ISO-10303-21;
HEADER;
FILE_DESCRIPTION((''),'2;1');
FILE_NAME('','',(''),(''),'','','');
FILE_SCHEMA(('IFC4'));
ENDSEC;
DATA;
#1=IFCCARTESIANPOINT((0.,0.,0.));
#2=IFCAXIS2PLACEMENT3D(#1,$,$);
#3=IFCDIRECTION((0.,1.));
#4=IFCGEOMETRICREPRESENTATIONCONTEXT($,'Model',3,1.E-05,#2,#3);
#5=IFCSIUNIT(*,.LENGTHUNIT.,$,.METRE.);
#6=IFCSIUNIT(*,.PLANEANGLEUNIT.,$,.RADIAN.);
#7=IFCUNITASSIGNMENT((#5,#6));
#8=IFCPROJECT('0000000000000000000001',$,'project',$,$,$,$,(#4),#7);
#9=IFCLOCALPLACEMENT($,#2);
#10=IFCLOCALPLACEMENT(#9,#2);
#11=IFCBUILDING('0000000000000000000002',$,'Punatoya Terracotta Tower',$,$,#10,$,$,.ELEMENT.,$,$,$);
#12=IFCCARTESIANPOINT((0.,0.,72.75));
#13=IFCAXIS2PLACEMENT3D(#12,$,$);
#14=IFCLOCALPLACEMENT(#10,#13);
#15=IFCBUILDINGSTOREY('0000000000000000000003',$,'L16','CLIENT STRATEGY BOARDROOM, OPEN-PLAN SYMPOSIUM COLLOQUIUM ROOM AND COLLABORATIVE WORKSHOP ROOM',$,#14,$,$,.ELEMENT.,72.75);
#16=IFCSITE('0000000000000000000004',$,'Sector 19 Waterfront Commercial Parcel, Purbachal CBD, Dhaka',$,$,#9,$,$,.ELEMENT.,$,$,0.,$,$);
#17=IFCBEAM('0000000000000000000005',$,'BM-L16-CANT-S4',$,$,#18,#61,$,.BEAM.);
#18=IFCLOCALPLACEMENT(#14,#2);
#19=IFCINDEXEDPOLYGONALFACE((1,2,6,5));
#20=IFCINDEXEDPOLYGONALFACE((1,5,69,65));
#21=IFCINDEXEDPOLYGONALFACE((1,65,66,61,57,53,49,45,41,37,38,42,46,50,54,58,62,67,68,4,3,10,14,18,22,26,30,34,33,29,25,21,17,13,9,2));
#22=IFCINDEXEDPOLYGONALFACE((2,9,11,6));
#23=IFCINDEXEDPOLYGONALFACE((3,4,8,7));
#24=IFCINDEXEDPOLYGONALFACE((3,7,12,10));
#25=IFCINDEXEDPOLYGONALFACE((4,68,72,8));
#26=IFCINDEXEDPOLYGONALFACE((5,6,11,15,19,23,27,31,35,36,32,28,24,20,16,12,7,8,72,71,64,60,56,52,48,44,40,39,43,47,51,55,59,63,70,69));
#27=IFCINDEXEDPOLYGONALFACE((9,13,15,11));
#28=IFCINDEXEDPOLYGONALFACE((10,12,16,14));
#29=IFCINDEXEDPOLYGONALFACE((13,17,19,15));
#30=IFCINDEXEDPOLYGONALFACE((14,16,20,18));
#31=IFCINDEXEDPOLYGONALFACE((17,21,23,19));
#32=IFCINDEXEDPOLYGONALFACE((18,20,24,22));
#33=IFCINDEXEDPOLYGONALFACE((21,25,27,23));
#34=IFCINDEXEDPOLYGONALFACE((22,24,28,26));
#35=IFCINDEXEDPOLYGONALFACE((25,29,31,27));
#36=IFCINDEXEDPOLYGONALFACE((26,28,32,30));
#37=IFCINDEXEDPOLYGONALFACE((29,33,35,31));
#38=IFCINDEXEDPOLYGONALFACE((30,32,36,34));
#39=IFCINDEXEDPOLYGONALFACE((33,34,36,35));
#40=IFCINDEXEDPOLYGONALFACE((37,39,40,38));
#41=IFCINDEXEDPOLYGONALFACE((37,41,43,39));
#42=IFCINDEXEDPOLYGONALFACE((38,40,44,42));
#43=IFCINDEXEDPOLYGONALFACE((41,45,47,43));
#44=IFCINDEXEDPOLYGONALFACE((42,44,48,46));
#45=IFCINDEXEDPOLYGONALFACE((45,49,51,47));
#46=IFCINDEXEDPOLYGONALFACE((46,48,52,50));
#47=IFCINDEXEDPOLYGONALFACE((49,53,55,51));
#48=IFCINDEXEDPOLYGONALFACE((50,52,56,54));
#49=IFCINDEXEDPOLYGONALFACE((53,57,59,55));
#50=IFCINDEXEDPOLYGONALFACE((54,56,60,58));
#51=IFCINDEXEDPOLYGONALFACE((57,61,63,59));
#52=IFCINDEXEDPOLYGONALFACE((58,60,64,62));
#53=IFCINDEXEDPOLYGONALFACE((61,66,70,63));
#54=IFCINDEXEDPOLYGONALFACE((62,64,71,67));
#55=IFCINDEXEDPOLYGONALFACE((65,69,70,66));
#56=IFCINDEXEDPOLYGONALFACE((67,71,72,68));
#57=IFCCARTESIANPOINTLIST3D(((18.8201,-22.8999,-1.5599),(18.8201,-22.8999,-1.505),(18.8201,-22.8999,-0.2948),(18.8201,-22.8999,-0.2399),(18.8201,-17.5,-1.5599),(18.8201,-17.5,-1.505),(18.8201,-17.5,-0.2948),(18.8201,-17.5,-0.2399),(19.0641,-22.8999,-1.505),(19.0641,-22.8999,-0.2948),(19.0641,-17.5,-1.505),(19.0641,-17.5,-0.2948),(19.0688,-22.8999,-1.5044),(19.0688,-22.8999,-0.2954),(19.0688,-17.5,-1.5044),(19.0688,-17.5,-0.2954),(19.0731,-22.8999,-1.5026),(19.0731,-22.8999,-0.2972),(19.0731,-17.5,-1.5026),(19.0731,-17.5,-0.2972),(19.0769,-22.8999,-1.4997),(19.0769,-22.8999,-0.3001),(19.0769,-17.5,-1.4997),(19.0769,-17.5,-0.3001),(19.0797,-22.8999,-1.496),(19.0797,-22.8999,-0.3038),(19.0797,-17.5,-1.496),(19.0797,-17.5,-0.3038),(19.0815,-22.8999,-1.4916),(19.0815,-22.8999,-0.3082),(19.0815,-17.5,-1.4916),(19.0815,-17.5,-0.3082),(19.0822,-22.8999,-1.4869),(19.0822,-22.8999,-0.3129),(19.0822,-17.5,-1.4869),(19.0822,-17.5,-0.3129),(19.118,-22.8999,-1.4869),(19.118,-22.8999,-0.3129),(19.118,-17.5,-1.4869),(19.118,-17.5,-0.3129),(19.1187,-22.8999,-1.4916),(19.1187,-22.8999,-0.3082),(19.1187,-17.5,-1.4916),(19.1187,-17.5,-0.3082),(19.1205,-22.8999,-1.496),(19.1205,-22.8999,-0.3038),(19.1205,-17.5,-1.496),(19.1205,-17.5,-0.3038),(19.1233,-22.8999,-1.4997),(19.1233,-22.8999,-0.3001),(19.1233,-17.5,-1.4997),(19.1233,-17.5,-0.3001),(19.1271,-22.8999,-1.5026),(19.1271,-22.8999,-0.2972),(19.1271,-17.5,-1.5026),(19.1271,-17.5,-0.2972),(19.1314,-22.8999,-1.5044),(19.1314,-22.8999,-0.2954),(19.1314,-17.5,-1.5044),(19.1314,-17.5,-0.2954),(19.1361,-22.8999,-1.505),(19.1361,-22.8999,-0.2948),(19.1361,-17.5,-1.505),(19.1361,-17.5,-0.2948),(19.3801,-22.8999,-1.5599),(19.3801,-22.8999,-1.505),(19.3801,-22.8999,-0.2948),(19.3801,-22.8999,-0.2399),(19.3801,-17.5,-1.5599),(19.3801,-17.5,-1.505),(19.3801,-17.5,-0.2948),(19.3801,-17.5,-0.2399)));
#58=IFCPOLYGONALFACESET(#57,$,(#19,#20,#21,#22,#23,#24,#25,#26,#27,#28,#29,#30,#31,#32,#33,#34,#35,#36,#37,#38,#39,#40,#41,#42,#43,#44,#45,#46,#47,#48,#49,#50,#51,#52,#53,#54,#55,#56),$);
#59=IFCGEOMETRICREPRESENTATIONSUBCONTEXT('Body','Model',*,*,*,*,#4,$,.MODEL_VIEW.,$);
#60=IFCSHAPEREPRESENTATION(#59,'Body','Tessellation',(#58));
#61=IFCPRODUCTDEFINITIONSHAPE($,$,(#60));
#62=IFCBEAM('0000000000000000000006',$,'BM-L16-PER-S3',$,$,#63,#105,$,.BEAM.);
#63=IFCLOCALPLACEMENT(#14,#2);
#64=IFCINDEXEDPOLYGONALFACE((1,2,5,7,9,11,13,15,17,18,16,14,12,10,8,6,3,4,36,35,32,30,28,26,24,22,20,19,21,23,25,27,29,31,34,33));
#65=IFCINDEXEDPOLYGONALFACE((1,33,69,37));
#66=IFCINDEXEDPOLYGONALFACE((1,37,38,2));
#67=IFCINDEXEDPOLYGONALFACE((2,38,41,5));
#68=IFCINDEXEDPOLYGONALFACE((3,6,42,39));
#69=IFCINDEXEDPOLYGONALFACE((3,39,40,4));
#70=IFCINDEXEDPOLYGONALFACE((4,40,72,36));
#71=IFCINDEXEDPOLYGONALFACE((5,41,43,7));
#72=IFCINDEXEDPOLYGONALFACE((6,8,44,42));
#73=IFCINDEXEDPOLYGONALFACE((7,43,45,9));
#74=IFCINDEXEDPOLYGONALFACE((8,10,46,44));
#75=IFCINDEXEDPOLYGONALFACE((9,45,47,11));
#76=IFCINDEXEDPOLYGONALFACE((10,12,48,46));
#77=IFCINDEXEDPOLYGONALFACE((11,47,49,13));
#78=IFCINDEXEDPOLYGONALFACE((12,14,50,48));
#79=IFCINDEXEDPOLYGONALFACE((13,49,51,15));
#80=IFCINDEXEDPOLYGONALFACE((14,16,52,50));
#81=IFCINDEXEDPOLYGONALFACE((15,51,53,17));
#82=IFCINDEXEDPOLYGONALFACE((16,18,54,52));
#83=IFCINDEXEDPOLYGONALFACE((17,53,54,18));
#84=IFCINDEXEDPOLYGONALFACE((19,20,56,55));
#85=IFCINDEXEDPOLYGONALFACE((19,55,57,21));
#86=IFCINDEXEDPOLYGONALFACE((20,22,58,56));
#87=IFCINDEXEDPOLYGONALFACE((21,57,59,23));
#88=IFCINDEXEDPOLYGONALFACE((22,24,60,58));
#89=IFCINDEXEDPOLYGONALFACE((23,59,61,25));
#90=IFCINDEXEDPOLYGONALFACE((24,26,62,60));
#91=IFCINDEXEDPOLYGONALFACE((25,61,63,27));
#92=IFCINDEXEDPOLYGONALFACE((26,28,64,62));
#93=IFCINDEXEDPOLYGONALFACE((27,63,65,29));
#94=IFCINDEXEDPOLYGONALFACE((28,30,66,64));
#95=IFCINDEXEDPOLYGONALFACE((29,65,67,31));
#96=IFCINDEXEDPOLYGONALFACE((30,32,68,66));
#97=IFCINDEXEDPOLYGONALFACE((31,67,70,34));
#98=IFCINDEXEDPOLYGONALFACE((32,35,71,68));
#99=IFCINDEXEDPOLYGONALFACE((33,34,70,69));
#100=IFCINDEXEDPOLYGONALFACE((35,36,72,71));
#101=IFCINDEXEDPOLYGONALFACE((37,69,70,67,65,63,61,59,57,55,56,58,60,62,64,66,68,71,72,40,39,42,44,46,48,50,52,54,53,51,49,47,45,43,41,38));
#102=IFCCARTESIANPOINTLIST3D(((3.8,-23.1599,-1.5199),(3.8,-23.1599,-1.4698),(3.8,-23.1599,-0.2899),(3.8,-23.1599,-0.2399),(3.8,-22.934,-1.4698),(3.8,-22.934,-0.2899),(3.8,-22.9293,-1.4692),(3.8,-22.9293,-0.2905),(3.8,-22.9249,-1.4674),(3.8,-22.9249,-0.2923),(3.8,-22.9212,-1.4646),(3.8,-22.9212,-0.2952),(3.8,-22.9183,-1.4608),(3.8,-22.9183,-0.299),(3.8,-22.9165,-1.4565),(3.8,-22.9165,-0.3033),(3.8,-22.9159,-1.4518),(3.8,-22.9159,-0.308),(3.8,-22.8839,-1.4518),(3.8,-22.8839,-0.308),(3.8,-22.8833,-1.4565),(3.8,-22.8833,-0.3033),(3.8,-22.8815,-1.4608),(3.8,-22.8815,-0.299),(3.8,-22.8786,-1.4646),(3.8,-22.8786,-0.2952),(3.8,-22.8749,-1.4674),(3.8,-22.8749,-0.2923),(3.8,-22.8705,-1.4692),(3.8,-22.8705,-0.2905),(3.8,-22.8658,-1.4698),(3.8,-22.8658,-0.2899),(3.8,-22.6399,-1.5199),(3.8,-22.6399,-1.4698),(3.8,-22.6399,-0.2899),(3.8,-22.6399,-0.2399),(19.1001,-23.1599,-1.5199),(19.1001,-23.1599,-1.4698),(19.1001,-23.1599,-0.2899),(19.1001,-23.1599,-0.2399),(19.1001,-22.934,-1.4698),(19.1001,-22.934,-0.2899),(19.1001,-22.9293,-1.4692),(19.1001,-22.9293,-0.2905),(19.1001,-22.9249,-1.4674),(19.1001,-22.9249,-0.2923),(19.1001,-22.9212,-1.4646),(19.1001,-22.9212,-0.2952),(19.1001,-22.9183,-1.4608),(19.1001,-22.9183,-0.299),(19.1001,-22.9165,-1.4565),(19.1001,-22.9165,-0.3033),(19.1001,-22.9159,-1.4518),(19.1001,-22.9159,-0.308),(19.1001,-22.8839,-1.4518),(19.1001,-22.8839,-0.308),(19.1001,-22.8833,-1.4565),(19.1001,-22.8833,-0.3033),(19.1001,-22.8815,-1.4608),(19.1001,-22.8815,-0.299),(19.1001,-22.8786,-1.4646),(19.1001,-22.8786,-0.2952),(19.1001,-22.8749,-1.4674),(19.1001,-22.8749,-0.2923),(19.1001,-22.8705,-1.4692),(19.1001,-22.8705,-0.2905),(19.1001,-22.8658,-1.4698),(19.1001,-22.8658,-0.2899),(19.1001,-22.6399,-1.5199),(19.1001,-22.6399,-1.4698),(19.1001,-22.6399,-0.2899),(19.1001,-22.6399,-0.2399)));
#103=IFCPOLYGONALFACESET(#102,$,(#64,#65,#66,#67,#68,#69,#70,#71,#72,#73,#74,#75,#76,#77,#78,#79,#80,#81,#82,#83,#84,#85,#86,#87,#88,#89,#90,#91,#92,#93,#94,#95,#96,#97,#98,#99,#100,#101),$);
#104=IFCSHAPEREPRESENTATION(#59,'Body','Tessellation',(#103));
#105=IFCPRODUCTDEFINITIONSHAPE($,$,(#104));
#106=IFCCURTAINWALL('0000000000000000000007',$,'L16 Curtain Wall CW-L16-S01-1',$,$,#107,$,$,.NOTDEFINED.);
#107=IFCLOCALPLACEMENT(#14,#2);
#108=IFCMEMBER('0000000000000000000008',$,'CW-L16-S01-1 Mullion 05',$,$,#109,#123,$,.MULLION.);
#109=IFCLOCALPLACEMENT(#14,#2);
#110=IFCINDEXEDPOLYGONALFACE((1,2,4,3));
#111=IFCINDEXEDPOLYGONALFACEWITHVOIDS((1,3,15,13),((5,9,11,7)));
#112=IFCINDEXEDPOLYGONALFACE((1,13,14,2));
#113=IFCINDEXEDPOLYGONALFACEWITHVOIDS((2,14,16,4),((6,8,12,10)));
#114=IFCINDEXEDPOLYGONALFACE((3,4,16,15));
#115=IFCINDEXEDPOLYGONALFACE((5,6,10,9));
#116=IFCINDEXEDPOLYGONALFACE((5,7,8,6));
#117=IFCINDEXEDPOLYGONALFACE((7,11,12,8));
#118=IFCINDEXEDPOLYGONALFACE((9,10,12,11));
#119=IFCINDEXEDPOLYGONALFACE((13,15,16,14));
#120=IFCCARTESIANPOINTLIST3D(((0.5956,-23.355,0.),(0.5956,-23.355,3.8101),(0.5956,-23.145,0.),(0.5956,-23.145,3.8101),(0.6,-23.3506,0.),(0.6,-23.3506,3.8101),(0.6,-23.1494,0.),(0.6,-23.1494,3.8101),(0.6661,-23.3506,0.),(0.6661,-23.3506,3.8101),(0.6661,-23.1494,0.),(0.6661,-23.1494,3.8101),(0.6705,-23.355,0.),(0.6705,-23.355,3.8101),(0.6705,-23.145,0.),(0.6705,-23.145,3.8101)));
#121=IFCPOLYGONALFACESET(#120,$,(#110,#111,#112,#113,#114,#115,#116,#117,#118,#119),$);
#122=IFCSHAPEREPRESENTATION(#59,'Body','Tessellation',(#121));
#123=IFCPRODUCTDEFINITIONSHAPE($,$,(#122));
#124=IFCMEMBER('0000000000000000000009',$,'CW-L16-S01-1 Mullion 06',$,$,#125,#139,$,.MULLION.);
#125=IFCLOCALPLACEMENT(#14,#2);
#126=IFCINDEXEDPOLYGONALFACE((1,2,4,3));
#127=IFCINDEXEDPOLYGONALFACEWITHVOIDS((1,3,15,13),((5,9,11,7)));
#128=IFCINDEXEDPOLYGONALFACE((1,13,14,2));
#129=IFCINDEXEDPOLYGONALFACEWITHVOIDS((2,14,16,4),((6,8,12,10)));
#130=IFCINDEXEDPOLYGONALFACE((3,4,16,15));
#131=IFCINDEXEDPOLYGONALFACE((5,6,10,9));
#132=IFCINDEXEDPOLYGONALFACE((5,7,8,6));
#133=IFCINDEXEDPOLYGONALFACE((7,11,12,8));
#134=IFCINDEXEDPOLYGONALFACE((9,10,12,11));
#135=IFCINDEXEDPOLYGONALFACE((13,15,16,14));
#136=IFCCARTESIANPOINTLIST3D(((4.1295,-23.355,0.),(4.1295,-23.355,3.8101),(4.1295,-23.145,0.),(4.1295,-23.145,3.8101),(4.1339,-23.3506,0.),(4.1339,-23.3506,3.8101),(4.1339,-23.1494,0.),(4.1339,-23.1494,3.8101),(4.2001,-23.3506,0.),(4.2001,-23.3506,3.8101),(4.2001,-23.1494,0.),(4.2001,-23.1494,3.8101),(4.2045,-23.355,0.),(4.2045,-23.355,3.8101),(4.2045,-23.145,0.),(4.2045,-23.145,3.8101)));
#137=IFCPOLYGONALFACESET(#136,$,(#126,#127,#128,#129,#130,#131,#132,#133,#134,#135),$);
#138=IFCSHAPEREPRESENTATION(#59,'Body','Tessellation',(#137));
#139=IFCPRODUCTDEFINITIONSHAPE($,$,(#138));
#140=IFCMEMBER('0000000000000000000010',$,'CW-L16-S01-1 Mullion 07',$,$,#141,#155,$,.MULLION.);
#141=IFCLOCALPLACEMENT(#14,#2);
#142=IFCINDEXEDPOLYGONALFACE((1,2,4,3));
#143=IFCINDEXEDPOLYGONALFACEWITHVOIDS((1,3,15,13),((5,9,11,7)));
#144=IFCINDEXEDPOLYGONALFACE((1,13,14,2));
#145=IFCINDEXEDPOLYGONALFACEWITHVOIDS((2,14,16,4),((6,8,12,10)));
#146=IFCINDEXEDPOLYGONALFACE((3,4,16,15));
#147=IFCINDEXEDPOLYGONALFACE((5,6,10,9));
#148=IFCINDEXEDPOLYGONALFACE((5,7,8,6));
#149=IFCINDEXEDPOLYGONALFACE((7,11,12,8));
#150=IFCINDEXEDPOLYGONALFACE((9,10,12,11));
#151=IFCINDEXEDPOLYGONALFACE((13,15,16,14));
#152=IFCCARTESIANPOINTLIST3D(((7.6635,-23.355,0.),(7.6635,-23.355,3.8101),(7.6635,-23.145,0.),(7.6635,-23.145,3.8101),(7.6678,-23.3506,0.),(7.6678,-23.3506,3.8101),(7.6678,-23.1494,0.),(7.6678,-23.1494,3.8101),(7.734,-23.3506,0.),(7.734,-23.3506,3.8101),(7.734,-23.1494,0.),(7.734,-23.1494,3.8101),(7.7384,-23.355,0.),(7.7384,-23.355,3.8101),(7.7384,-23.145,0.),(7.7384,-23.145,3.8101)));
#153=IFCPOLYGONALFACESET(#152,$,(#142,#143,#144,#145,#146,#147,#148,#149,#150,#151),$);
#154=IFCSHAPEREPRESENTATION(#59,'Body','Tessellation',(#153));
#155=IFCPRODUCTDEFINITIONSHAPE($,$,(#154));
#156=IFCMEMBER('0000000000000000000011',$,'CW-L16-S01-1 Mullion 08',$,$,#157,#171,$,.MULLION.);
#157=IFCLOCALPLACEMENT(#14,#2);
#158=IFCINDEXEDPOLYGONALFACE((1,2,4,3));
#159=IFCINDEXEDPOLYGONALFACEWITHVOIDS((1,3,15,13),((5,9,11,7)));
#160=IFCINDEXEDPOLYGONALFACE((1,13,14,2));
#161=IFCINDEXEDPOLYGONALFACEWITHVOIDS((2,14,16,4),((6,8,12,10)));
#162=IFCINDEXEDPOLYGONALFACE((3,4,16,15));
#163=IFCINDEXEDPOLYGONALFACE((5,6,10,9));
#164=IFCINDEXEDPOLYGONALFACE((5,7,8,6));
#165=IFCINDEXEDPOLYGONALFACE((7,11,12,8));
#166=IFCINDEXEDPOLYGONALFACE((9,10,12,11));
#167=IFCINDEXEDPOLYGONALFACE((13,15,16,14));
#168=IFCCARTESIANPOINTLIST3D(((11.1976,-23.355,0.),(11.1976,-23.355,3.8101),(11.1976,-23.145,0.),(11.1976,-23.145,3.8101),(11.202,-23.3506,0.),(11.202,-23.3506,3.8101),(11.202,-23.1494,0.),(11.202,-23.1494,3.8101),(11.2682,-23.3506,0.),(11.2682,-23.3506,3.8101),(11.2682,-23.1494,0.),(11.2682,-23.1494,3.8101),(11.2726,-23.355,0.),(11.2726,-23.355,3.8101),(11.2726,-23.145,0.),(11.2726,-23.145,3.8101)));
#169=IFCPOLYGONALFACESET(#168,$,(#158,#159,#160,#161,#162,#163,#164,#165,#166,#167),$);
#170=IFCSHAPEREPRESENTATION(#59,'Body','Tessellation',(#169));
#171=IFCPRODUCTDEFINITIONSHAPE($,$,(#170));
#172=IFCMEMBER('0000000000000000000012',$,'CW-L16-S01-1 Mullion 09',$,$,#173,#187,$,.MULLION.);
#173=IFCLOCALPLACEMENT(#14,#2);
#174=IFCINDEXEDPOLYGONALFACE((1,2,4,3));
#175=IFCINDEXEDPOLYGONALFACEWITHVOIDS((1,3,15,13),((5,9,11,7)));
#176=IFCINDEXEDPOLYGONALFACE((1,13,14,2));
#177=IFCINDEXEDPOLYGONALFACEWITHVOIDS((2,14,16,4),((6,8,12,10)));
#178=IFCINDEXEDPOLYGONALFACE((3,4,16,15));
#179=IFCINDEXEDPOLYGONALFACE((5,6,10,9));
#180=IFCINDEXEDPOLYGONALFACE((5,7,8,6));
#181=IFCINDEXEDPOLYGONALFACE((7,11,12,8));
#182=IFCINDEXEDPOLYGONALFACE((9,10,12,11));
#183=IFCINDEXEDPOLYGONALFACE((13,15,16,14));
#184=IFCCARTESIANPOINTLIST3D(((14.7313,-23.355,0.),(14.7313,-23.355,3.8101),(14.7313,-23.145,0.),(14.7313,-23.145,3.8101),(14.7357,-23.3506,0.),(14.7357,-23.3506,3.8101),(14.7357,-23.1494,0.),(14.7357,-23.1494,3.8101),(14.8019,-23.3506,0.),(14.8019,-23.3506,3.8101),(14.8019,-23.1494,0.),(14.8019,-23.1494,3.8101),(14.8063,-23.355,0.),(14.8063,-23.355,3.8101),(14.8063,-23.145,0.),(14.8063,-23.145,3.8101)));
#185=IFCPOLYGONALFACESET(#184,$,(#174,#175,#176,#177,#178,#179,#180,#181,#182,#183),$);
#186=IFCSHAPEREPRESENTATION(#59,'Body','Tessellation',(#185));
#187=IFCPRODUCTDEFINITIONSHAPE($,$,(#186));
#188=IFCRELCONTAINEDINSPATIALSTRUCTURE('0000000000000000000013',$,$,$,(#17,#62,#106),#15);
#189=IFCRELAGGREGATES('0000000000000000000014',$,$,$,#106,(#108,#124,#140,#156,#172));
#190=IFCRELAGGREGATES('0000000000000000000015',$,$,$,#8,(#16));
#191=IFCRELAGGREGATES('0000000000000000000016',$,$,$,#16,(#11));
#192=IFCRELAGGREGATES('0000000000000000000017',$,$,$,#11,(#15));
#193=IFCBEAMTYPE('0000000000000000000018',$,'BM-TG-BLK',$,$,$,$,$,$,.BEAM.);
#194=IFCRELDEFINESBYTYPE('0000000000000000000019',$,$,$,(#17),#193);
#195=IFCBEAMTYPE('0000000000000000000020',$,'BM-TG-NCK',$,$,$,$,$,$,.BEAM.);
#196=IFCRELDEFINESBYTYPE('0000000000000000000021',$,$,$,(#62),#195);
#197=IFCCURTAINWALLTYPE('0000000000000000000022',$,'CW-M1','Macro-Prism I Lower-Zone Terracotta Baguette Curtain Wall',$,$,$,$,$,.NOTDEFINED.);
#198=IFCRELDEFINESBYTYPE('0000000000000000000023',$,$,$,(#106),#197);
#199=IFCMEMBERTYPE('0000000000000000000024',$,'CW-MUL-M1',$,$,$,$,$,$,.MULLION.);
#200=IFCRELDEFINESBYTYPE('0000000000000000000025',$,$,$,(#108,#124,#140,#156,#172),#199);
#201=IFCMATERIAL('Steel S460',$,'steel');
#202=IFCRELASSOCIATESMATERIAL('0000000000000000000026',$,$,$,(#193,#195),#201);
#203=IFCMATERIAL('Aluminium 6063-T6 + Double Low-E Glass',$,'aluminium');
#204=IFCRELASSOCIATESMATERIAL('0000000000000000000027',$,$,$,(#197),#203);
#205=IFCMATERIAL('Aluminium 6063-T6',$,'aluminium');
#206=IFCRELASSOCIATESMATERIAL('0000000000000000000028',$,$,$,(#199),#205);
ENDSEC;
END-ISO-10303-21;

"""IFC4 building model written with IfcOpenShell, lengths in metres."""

from ifc_helpers import new_model, si_unit, direction, frame, origin, origin_2d, place, context, subcontext, project, spatial, hollow_rectangle, i_section, extrude, material, material_profile, profile_set, type_object, element, aggregate, save


model = new_model("IFC4")

# Units and contexts
model_context = context("Model", 3, precision=1e-05, world=origin(), true_north=direction((0.0, 1.0)))
body_context = subcontext(model_context, "Body", "Model", "MODEL_VIEW")
ifc_project = project(units=[si_unit("LENGTHUNIT", "METRE"), si_unit("PLANEANGLEUNIT", "RADIAN")], contexts=[model_context])

# Site, building, storey
site_placement = place(None, origin())
site = spatial("IfcSite", under=ifc_project, at=site_placement, Name="Sector 19 Waterfront Commercial Parcel, Purbachal CBD, Dhaka", CompositionType="ELEMENT", RefElevation=0.0)
building_placement = place(site_placement, origin())
building = spatial("IfcBuilding", under=site, at=building_placement, Name="Punatoya Terracotta Tower", CompositionType="ELEMENT")
storey_placement = place(building_placement, frame((0.0, 0.0, 72.75)))
storey = spatial("IfcBuildingStorey", under=building, at=storey_placement, Name="L16", Description="CLIENT STRATEGY BOARDROOM, OPEN-PLAN SYMPOSIUM COLLOQUIUM ROOM AND COLLABORATIVE WORKSHOP ROOM", CompositionType="ELEMENT", Elevation=72.75)

# Shared definitions
ifc_material_1 = material(Name="Steel S460", Category="steel")

# Beams
ifc_material_profile_1 = material_profile(ifc_material_1, i_section(OverallWidth=0.5601, OverallDepth=1.3201, WebThickness=0.0359, FlangeThickness=0.0549, FilletRadius=0.0181, at=origin_2d()))
ifc_profile_set_1 = profile_set([ifc_material_profile_1], Name="Steel S460")
beam_type_1 = type_object("IfcBeamType", Name="BM-TG-BLK", PredefinedType="BEAM", material=ifc_profile_set_1)
for number, where, z_axis, x_axis, name in (
    (1, (19.1001, -22.8999, -0.8999), (0.0, 1.0, 0.0), (-1.0, 0.0, 0.0), "BM-L16-CANT-S4"),
):
    element("IfcBeam", number, at=place(storey_placement, frame(where, z_axis=z_axis, x_axis=x_axis)), inside=storey, type_object=beam_type_1, Name=name, PredefinedType="BEAM", context=body_context, shape_type="SweptSolid", body=[
        extrude(i_section(OverallWidth=0.5601, OverallDepth=1.3201, WebThickness=0.0359, FlangeThickness=0.0549, FilletRadius=0.0181, at=origin_2d()), origin(), (0.0, 0.0, 1.0), 5.3999),
    ])
ifc_material_profile_2 = material_profile(ifc_material_1, i_section(OverallWidth=0.52, OverallDepth=1.28, WebThickness=0.032, FlangeThickness=0.05, FilletRadius=0.0181, at=origin_2d()))
ifc_profile_set_2 = profile_set([ifc_material_profile_2], Name="Steel S460")
beam_type_2 = type_object("IfcBeamType", Name="BM-TG-NCK", PredefinedType="BEAM", material=ifc_profile_set_2)
beam_1_placement = place(storey_placement, frame((3.8, -22.8999, -0.8799), z_axis=(1.0, 0.0, 0.0), x_axis=(0.0, 1.0, 0.0)))
element("IfcBeam", 2, at=beam_1_placement, inside=storey, type_object=beam_type_2, Name="BM-L16-PER-S3", PredefinedType="BEAM", context=body_context, shape_type="SweptSolid", body=[
    extrude(i_section(OverallWidth=0.52, OverallDepth=1.28, WebThickness=0.032, FlangeThickness=0.05, FilletRadius=0.0181, at=origin_2d()), origin(), (0.0, 0.0, 1.0), 15.3),
])

# Curtain wall, members
ifc_material_2 = material(Name="Aluminium 6063-T6 + Double Low-E Glass", Category="aluminium")
curtain_wall_type = type_object("IfcCurtainWallType", Name="CW-M1", Description="Macro-Prism I Lower-Zone Terracotta Baguette Curtain Wall", PredefinedType="NOTDEFINED", material=ifc_material_2)
curtain_wall_placement = place(storey_placement, origin())
curtain_wall = element("IfcCurtainWall", 3, at=curtain_wall_placement, inside=storey, type_object=curtain_wall_type, Name="L16 Curtain Wall CW-L16-S01-1", PredefinedType="NOTDEFINED")
ifc_material_3 = material(Name="Aluminium 6063-T6", Category="aluminium")
ifc_material_profile_3 = material_profile(ifc_material_3, hollow_rectangle(XDim=0.075, YDim=0.21, WallThickness=0.0044, at=origin_2d()))
ifc_profile_set_3 = profile_set([ifc_material_profile_3], Name="Aluminium 6063-T6")
member_type = type_object("IfcMemberType", Name="CW-MUL-M1", PredefinedType="MULLION", material=ifc_profile_set_3)
member_1_placement = place(storey_placement, frame((0.6331, -23.25, 0.0), z_axis=(0.0, 0.0, 1.0), x_axis=(1.0, 0.0, 0.0)))
member_1 = element("IfcMember", 4, at=member_1_placement, type_object=member_type, Name="CW-L16-S01-1 Mullion 05", PredefinedType="MULLION", context=body_context, shape_type="SweptSolid", body=[
    extrude(hollow_rectangle(XDim=0.075, YDim=0.21, WallThickness=0.0044, at=origin_2d()), origin(), (0.0, 0.0, 1.0), 3.8101),
])
member_2_placement = place(storey_placement, frame((4.167, -23.25, 0.0), z_axis=(0.0, 0.0, 1.0), x_axis=(1.0, 0.0, 0.0)))
member_2 = element("IfcMember", 5, at=member_2_placement, type_object=member_type, Name="CW-L16-S01-1 Mullion 06", PredefinedType="MULLION", context=body_context, shape_type="SweptSolid", body=[
    extrude(hollow_rectangle(XDim=0.075, YDim=0.21, WallThickness=0.0044, at=origin_2d()), origin(), (0.0, 0.0, 1.0), 3.8101),
])
member_3_placement = place(storey_placement, frame((7.7009, -23.25, 0.0), z_axis=(0.0, 0.0, 1.0), x_axis=(1.0, 0.0, 0.0)))
member_3 = element("IfcMember", 6, at=member_3_placement, type_object=member_type, Name="CW-L16-S01-1 Mullion 07", PredefinedType="MULLION", context=body_context, shape_type="SweptSolid", body=[
    extrude(hollow_rectangle(XDim=0.075, YDim=0.21, WallThickness=0.0044, at=origin_2d()), origin(), (0.0, 0.0, 1.0), 3.8101),
])
member_4_placement = place(storey_placement, frame((11.2351, -23.25, 0.0), z_axis=(0.0, 0.0, 1.0), x_axis=(1.0, 0.0, 0.0)))
member_4 = element("IfcMember", 7, at=member_4_placement, type_object=member_type, Name="CW-L16-S01-1 Mullion 08", PredefinedType="MULLION", context=body_context, shape_type="SweptSolid", body=[
    extrude(hollow_rectangle(XDim=0.075, YDim=0.21, WallThickness=0.0044, at=origin_2d()), origin(), (0.0, 0.0, 1.0), 3.8101),
])
member_5_placement = place(storey_placement, frame((14.7688, -23.25, 0.0), z_axis=(0.0, 0.0, 1.0), x_axis=(1.0, 0.0, 0.0)))
member_5 = element("IfcMember", 8, at=member_5_placement, type_object=member_type, Name="CW-L16-S01-1 Mullion 09", PredefinedType="MULLION", context=body_context, shape_type="SweptSolid", body=[
    extrude(hollow_rectangle(XDim=0.075, YDim=0.21, WallThickness=0.0044, at=origin_2d()), origin(), (0.0, 0.0, 1.0), 3.8101),
])
aggregate(curtain_wall, [member_1, member_2, member_3, member_4, member_5])

save(model, "model.ifc")
